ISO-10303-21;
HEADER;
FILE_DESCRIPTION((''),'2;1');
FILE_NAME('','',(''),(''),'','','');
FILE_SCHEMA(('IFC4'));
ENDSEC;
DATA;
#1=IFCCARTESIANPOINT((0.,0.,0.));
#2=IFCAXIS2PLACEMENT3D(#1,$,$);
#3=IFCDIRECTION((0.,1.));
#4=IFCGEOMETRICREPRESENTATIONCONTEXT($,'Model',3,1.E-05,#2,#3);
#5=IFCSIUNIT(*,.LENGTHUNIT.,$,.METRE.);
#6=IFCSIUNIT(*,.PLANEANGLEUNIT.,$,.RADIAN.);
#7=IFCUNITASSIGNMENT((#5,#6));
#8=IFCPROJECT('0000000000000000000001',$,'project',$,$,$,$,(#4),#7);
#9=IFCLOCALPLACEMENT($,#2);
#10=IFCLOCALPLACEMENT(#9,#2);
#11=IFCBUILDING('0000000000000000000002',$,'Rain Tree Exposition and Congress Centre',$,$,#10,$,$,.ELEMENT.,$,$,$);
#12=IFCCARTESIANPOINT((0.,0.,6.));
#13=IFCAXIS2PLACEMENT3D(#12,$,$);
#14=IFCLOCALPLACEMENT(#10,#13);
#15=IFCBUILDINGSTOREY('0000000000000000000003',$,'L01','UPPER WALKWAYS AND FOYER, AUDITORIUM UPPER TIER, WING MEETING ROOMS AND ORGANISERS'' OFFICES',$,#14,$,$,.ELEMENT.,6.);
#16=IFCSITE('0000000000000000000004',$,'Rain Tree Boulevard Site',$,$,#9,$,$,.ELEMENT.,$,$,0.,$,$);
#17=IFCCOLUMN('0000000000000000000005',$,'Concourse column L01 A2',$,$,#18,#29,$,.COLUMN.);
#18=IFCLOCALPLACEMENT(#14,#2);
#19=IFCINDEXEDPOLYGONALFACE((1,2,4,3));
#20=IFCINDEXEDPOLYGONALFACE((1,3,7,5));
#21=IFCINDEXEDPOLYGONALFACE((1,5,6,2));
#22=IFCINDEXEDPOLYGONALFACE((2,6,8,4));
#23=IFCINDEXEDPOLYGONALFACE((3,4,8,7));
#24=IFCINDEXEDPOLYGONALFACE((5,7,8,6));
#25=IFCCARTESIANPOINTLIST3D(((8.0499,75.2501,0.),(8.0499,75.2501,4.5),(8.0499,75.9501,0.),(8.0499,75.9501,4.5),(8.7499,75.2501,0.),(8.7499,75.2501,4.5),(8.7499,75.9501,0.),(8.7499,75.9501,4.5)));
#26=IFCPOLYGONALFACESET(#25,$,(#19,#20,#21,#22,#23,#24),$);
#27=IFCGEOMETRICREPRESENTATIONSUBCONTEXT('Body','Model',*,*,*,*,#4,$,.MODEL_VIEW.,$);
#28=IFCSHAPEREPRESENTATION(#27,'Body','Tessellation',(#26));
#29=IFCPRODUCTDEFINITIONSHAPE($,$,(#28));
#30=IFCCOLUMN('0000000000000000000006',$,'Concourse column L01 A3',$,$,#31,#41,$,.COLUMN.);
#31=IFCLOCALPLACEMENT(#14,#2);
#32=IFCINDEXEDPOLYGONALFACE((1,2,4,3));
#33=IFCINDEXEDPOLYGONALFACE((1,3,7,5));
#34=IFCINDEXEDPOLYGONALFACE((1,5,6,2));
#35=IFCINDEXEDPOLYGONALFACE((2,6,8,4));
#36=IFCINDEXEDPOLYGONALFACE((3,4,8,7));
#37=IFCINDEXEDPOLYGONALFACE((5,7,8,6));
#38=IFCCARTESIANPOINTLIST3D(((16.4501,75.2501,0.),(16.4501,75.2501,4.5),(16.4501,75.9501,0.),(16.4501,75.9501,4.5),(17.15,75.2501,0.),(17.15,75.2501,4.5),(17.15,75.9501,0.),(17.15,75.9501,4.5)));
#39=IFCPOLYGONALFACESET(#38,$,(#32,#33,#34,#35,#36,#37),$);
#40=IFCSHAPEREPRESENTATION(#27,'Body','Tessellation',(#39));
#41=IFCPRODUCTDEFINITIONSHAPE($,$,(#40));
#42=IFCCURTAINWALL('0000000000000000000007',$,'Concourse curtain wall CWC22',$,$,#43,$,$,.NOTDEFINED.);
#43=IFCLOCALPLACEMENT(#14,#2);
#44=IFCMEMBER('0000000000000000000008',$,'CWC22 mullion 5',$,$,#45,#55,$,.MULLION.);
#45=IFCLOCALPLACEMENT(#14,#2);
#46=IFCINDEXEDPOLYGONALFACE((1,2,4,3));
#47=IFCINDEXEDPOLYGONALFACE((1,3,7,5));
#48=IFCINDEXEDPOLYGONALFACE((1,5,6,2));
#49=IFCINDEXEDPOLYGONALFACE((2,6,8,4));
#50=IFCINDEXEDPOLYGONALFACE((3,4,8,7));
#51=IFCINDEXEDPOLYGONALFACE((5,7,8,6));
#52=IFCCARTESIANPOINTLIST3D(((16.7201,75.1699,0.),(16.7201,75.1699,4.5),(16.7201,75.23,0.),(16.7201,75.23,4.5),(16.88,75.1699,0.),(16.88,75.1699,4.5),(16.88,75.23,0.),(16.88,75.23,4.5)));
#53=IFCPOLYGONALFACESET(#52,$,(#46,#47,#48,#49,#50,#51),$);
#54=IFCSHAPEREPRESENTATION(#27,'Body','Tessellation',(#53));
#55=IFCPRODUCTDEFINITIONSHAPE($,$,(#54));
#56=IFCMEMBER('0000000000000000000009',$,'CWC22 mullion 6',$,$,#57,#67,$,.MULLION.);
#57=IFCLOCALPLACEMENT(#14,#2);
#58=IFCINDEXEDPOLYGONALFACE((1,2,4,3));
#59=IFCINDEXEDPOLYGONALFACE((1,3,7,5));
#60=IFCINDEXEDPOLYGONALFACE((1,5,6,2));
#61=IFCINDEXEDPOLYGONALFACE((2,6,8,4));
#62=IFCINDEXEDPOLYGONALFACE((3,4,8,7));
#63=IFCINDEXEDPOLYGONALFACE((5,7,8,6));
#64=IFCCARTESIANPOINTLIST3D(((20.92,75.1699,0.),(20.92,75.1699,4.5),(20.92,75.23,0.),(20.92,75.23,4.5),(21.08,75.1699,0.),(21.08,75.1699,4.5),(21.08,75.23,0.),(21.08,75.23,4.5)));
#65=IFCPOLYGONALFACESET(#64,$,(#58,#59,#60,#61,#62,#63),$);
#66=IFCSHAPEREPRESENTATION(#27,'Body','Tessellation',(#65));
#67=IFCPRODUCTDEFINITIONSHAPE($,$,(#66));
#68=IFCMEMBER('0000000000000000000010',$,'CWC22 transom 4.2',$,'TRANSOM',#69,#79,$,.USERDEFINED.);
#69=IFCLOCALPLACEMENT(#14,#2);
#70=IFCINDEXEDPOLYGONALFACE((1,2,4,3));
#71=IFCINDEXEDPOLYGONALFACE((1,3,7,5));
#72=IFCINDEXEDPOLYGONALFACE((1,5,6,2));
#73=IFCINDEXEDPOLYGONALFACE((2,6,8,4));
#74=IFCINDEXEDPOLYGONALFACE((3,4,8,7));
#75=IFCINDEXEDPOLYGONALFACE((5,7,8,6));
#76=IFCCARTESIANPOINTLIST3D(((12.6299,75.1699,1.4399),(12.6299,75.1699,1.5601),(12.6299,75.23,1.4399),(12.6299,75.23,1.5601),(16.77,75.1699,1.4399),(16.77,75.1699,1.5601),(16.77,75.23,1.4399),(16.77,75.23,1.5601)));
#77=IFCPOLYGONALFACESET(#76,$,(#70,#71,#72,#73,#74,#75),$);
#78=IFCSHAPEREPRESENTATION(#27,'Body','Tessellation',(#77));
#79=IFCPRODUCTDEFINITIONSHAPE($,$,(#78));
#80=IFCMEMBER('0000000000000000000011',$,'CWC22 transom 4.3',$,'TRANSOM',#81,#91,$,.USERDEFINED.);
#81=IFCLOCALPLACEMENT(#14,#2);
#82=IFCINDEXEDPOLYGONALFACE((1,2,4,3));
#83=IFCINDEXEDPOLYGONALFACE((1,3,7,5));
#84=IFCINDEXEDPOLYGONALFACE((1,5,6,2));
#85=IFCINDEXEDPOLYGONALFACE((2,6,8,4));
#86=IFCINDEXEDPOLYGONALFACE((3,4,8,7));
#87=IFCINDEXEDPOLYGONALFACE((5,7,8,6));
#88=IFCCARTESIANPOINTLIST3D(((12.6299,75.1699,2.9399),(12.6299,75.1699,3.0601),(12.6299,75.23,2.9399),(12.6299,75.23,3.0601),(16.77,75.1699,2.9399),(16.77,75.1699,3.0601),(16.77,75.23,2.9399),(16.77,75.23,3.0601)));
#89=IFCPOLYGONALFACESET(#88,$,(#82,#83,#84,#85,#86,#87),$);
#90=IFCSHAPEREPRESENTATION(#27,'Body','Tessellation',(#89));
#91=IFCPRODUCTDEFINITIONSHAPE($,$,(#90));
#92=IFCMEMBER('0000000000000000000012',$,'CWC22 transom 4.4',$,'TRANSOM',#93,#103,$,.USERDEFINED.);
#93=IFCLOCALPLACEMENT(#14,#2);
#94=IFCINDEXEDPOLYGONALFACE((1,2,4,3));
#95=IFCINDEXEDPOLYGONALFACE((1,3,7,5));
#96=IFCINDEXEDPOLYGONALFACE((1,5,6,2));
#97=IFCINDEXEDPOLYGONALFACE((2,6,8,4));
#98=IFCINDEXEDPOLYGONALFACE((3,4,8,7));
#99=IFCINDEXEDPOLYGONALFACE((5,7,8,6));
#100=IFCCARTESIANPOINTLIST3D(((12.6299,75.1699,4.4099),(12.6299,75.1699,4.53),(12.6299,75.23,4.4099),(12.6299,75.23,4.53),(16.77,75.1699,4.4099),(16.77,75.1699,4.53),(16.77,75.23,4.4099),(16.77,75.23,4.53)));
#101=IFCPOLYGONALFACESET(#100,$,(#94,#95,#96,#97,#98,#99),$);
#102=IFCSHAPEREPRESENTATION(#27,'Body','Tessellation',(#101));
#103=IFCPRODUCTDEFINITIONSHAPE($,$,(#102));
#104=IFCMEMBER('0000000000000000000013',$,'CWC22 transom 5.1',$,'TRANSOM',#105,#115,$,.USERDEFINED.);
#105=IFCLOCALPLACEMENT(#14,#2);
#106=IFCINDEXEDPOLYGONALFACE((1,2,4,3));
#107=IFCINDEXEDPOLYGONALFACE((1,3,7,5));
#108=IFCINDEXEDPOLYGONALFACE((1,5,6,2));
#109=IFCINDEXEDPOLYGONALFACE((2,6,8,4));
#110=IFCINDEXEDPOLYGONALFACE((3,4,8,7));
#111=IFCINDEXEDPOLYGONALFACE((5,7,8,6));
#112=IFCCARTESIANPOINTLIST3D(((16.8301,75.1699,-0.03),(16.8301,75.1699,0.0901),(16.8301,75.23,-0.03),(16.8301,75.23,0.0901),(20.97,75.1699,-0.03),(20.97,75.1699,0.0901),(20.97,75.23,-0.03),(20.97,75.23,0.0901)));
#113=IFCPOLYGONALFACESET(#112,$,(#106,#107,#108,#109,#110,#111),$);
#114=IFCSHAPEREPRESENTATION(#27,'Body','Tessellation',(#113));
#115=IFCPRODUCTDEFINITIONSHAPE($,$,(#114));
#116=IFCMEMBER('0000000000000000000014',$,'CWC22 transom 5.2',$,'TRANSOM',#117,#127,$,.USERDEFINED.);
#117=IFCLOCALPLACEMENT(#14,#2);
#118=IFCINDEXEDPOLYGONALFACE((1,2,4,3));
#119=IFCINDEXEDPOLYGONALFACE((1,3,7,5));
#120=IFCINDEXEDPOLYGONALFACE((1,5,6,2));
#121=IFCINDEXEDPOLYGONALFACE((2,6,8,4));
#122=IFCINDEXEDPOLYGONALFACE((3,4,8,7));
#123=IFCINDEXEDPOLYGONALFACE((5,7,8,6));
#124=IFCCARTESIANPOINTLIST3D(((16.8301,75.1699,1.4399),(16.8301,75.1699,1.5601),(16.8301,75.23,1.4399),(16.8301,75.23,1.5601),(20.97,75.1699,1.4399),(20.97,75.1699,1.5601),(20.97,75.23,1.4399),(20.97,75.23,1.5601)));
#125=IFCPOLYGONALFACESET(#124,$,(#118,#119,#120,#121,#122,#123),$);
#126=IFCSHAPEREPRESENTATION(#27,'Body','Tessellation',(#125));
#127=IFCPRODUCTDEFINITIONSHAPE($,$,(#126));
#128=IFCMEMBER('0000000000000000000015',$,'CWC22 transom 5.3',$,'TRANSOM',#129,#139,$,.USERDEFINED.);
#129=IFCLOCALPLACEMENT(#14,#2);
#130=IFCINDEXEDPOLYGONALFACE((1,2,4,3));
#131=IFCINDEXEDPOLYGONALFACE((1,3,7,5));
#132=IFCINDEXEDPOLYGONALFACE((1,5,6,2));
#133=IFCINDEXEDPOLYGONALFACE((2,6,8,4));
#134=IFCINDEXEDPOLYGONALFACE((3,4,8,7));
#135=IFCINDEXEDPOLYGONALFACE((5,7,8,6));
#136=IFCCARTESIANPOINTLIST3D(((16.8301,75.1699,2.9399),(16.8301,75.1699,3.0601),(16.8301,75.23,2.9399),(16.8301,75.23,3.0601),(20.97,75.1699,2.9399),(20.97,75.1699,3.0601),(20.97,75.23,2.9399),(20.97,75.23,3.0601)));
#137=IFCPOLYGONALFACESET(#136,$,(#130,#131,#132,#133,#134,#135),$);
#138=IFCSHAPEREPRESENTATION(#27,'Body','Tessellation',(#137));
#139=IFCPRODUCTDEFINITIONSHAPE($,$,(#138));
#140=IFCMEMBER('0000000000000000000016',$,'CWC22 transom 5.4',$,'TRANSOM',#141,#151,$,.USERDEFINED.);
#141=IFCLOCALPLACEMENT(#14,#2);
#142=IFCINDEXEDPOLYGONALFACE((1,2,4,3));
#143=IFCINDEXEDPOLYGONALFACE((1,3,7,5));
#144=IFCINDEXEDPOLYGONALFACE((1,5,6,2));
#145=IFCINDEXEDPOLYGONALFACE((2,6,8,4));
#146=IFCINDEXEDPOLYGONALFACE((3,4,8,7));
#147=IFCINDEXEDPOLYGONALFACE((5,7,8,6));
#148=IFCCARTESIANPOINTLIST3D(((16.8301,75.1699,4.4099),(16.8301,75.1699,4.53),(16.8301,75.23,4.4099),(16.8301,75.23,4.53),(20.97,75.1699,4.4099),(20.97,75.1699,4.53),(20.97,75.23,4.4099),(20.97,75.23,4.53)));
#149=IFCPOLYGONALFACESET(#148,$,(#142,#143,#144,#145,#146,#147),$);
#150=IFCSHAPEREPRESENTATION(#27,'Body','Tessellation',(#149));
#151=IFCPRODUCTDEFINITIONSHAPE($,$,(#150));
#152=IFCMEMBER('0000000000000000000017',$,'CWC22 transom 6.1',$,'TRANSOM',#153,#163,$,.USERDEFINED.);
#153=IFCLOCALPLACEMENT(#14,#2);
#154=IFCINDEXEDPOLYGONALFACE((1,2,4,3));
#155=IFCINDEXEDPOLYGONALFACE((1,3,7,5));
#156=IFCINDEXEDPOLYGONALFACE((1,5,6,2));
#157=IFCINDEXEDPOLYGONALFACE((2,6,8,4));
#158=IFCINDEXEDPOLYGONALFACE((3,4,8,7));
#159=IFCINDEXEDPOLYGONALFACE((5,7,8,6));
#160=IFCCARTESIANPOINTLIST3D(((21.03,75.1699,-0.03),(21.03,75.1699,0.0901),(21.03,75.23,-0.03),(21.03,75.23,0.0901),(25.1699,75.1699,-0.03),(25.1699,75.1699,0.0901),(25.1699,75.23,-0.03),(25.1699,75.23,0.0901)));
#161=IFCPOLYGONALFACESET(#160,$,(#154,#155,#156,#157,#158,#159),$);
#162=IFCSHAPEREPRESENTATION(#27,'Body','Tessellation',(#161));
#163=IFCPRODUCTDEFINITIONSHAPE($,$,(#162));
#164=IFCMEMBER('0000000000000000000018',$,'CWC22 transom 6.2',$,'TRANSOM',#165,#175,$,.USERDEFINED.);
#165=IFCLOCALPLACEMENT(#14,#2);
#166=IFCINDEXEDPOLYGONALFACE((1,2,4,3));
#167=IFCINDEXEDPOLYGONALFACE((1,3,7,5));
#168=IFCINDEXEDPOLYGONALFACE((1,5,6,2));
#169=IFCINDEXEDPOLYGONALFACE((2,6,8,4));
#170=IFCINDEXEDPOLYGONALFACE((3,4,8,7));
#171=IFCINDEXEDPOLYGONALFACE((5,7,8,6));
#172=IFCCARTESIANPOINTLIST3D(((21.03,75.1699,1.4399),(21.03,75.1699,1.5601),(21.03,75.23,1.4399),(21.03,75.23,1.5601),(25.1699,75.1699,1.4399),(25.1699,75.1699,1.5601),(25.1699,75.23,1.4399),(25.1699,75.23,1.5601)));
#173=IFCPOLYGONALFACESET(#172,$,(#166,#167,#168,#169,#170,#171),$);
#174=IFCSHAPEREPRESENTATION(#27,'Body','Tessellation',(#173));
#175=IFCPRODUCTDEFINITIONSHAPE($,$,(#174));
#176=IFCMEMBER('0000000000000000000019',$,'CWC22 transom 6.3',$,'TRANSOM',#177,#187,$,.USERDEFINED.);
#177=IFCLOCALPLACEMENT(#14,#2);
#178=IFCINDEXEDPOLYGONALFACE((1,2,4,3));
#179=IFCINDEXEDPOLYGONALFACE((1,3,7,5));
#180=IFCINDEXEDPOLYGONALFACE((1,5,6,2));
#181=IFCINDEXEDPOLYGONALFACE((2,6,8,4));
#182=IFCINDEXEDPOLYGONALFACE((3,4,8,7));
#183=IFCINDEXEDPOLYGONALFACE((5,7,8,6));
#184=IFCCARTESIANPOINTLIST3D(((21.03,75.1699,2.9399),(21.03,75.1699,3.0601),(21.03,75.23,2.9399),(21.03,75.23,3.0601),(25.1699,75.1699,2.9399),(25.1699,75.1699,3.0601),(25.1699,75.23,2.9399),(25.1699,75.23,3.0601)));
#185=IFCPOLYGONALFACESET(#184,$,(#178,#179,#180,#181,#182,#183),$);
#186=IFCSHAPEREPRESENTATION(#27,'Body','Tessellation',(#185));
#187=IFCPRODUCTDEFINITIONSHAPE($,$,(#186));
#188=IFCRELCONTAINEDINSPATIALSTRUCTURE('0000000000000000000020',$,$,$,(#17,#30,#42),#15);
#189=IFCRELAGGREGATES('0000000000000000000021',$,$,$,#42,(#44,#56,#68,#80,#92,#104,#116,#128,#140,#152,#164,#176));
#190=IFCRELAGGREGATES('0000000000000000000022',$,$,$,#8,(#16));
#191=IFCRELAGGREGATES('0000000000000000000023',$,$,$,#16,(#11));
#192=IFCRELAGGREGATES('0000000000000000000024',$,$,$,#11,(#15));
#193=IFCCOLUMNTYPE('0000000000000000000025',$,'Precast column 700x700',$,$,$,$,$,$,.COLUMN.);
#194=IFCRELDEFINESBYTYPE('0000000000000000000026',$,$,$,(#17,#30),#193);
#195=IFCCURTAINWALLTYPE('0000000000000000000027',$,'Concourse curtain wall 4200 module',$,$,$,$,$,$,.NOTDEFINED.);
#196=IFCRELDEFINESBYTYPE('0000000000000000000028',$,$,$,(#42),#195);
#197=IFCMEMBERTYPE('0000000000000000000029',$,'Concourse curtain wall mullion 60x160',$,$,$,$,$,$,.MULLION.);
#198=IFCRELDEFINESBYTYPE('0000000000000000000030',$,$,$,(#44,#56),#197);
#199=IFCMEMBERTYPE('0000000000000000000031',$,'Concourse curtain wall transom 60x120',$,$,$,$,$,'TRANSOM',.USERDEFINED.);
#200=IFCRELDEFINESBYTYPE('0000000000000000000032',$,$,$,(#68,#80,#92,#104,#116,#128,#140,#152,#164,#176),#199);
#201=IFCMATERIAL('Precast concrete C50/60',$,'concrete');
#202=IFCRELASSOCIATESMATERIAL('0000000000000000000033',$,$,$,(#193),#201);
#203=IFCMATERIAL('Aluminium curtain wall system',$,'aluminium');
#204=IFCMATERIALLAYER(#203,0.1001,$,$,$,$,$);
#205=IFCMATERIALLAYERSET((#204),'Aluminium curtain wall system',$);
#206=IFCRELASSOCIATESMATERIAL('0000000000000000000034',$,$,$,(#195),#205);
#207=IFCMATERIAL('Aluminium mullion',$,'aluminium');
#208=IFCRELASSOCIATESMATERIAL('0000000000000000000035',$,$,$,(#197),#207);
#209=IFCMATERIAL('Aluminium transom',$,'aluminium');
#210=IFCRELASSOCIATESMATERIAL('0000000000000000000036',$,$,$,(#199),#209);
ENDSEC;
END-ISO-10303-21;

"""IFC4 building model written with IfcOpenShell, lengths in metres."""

from ifc_helpers import new_model, si_unit, direction, frame, origin, origin_2d, place, context, subcontext, project, spatial, rectangle, extrude, material, layer, layer_set, material_profile, profile_set, type_object, element, aggregate, save


model = new_model("IFC4")

# Units and contexts
model_context = context("Model", 3, precision=1e-05, world=origin(), true_north=direction((0.0, 1.0)))
body_context = subcontext(model_context, "Body", "Model", "MODEL_VIEW")
ifc_project = project(units=[si_unit("LENGTHUNIT", "METRE"), si_unit("PLANEANGLEUNIT", "RADIAN")], contexts=[model_context])

# Site, building, storey
site_placement = place(None, origin())
site = spatial("IfcSite", under=ifc_project, at=site_placement, Name="Rain Tree Boulevard Site", CompositionType="ELEMENT", RefElevation=0.0)
building_placement = place(site_placement, origin())
building = spatial("IfcBuilding", under=site, at=building_placement, Name="Rain Tree Exposition and Congress Centre", CompositionType="ELEMENT")
storey_placement = place(building_placement, frame((0.0, 0.0, 6.0)))
storey = spatial("IfcBuildingStorey", under=building, at=storey_placement, Name="L01", Description="UPPER WALKWAYS AND FOYER, AUDITORIUM UPPER TIER, WING MEETING ROOMS AND ORGANISERS' OFFICES", CompositionType="ELEMENT", Elevation=6.0)

# Columns
ifc_material_1 = material(Name="Precast concrete C50/60", Category="concrete")
ifc_material_profile_1 = material_profile(ifc_material_1, rectangle(XDim=0.7, YDim=0.7, at=origin_2d()), Name="RC 700x700")
ifc_profile_set_1 = profile_set([ifc_material_profile_1], Name="Precast concrete C50/60")
column_type = type_object("IfcColumnType", Name="Precast column 700x700", PredefinedType="COLUMN", material=ifc_profile_set_1)
for number, where, z_axis, x_axis, name in (
    (1, (8.3999, 75.6001, 0.0), (0.0, 0.0, 1.0), (1.0, 0.0, 0.0), "Concourse column L01 A2"),
    (2, (16.8, 75.6001, 0.0), (0.0, 0.0, 1.0), (1.0, 0.0, 0.0), "Concourse column L01 A3"),
):
    element("IfcColumn", number, at=place(storey_placement, frame(where, z_axis=z_axis, x_axis=x_axis)), inside=storey, type_object=column_type, Name=name, PredefinedType="COLUMN", context=body_context, shape_type="SweptSolid", body=[
        extrude(rectangle(XDim=0.7, YDim=0.7, at=origin_2d()), origin(), (0.0, 0.0, 1.0), 4.5),
    ])

# Curtain wall, members
ifc_material_2 = material(Name="Aluminium curtain wall system", Category="aluminium")
ifc_layer_1 = layer(ifc_material_2, 0.1001)
ifc_layer_set_1 = layer_set([ifc_layer_1], Name="Aluminium curtain wall system")
curtain_wall_type = type_object("IfcCurtainWallType", Name="Concourse curtain wall 4200 module", PredefinedType="NOTDEFINED", material=ifc_layer_set_1)
curtain_wall_placement = place(storey_placement, origin())
curtain_wall = element("IfcCurtainWall", 3, at=curtain_wall_placement, inside=storey, type_object=curtain_wall_type, Name="Concourse curtain wall CWC22", PredefinedType="NOTDEFINED")
ifc_material_3 = material(Name="Aluminium mullion", Category="aluminium")
ifc_material_profile_2 = material_profile(ifc_material_3, rectangle(XDim=0.0601, YDim=0.1599, at=origin_2d()), Name="AL 60x160")
ifc_profile_set_2 = profile_set([ifc_material_profile_2], Name="Aluminium mullion")
member_type_1 = type_object("IfcMemberType", Name="Concourse curtain wall mullion 60x160", PredefinedType="MULLION", material=ifc_profile_set_2)
member_1_placement = place(storey_placement, frame((16.8, 75.2, 0.0), z_axis=(0.0, 0.0, 1.0), x_axis=(0.0, 1.0, 0.0)))
member_1 = element("IfcMember", 4, at=member_1_placement, type_object=member_type_1, Name="CWC22 mullion 5", PredefinedType="MULLION", context=body_context, shape_type="SweptSolid", body=[
    extrude(rectangle(XDim=0.0601, YDim=0.1599, at=origin_2d()), origin(), (0.0, 0.0, 1.0), 4.5),
])
member_2_placement = place(storey_placement, frame((21.0, 75.2, 0.0), z_axis=(0.0, 0.0, 1.0), x_axis=(0.0, 1.0, 0.0)))
member_2 = element("IfcMember", 5, at=member_2_placement, type_object=member_type_1, Name="CWC22 mullion 6", PredefinedType="MULLION", context=body_context, shape_type="SweptSolid", body=[
    extrude(rectangle(XDim=0.0601, YDim=0.1599, at=origin_2d()), origin(), (0.0, 0.0, 1.0), 4.5),
])
ifc_material_4 = material(Name="Aluminium transom", Category="aluminium")
ifc_material_profile_3 = material_profile(ifc_material_4, rectangle(XDim=0.0601, YDim=0.1201, at=origin_2d()), Name="AL 60x120")
ifc_profile_set_3 = profile_set([ifc_material_profile_3], Name="Aluminium transom")
member_type_2 = type_object("IfcMemberType", Name="Concourse curtain wall transom 60x120", ElementType="TRANSOM", PredefinedType="USERDEFINED", material=ifc_profile_set_3)
member_3_placement = place(storey_placement, frame((12.6299, 75.2, 1.5), z_axis=(1.0, 0.0, 0.0), x_axis=(0.0, 1.0, 0.0)))
member_3 = element("IfcMember", 6, at=member_3_placement, type_object=member_type_2, Name="CWC22 transom 4.2", ObjectType="TRANSOM", PredefinedType="USERDEFINED", context=body_context, shape_type="SweptSolid", body=[
    extrude(rectangle(XDim=0.0601, YDim=0.1201, at=origin_2d()), origin(), (0.0, 0.0, 1.0), 4.1401),
])
member_4_placement = place(storey_placement, frame((12.6299, 75.2, 3.0), z_axis=(1.0, 0.0, 0.0), x_axis=(0.0, 1.0, 0.0)))
member_4 = element("IfcMember", 7, at=member_4_placement, type_object=member_type_2, Name="CWC22 transom 4.3", ObjectType="TRANSOM", PredefinedType="USERDEFINED", context=body_context, shape_type="SweptSolid", body=[
    extrude(rectangle(XDim=0.0601, YDim=0.1201, at=origin_2d()), origin(), (0.0, 0.0, 1.0), 4.1401),
])
member_5_placement = place(storey_placement, frame((12.6299, 75.2, 4.47), z_axis=(1.0, 0.0, 0.0), x_axis=(0.0, 1.0, 0.0)))
member_5 = element("IfcMember", 8, at=member_5_placement, type_object=member_type_2, Name="CWC22 transom 4.4", ObjectType="TRANSOM", PredefinedType="USERDEFINED", context=body_context, shape_type="SweptSolid", body=[
    extrude(rectangle(XDim=0.0601, YDim=0.1201, at=origin_2d()), origin(), (0.0, 0.0, 1.0), 4.1401),
])
member_6_placement = place(storey_placement, frame((16.8301, 75.2, 0.03), z_axis=(1.0, 0.0, 0.0), x_axis=(0.0, 1.0, 0.0)))
member_6 = element("IfcMember", 9, at=member_6_placement, type_object=member_type_2, Name="CWC22 transom 5.1", ObjectType="TRANSOM", PredefinedType="USERDEFINED", context=body_context, shape_type="SweptSolid", body=[
    extrude(rectangle(XDim=0.0601, YDim=0.1201, at=origin_2d()), origin(), (0.0, 0.0, 1.0), 4.1399),
])
member_7_placement = place(storey_placement, frame((16.8301, 75.2, 1.5), z_axis=(1.0, 0.0, 0.0), x_axis=(0.0, 1.0, 0.0)))
member_7 = element("IfcMember", 10, at=member_7_placement, type_object=member_type_2, Name="CWC22 transom 5.2", ObjectType="TRANSOM", PredefinedType="USERDEFINED", context=body_context, shape_type="SweptSolid", body=[
    extrude(rectangle(XDim=0.0601, YDim=0.1201, at=origin_2d()), origin(), (0.0, 0.0, 1.0), 4.1399),
])
member_8_placement = place(storey_placement, frame((16.8301, 75.2, 3.0), z_axis=(1.0, 0.0, 0.0), x_axis=(0.0, 1.0, 0.0)))
member_8 = element("IfcMember", 11, at=member_8_placement, type_object=member_type_2, Name="CWC22 transom 5.3", ObjectType="TRANSOM", PredefinedType="USERDEFINED", context=body_context, shape_type="SweptSolid", body=[
    extrude(rectangle(XDim=0.0601, YDim=0.1201, at=origin_2d()), origin(), (0.0, 0.0, 1.0), 4.1399),
])
member_9_placement = place(storey_placement, frame((16.8301, 75.2, 4.47), z_axis=(1.0, 0.0, 0.0), x_axis=(0.0, 1.0, 0.0)))
member_9 = element("IfcMember", 12, at=member_9_placement, type_object=member_type_2, Name="CWC22 transom 5.4", ObjectType="TRANSOM", PredefinedType="USERDEFINED", context=body_context, shape_type="SweptSolid", body=[
    extrude(rectangle(XDim=0.0601, YDim=0.1201, at=origin_2d()), origin(), (0.0, 0.0, 1.0), 4.1399),
])
member_10_placement = place(storey_placement, frame((21.03, 75.2, 0.03), z_axis=(1.0, 0.0, 0.0), x_axis=(0.0, 1.0, 0.0)))
member_10 = element("IfcMember", 13, at=member_10_placement, type_object=member_type_2, Name="CWC22 transom 6.1", ObjectType="TRANSOM", PredefinedType="USERDEFINED", context=body_context, shape_type="SweptSolid", body=[
    extrude(rectangle(XDim=0.0601, YDim=0.1201, at=origin_2d()), origin(), (0.0, 0.0, 1.0), 4.1399),
])
member_11_placement = place(storey_placement, frame((21.03, 75.2, 1.5), z_axis=(1.0, 0.0, 0.0), x_axis=(0.0, 1.0, 0.0)))
member_11 = element("IfcMember", 14, at=member_11_placement, type_object=member_type_2, Name="CWC22 transom 6.2", ObjectType="TRANSOM", PredefinedType="USERDEFINED", context=body_context, shape_type="SweptSolid", body=[
    extrude(rectangle(XDim=0.0601, YDim=0.1201, at=origin_2d()), origin(), (0.0, 0.0, 1.0), 4.1399),
])
member_12_placement = place(storey_placement, frame((21.03, 75.2, 3.0), z_axis=(1.0, 0.0, 0.0), x_axis=(0.0, 1.0, 0.0)))
member_12 = element("IfcMember", 15, at=member_12_placement, type_object=member_type_2, Name="CWC22 transom 6.3", ObjectType="TRANSOM", PredefinedType="USERDEFINED", context=body_context, shape_type="SweptSolid", body=[
    extrude(rectangle(XDim=0.0601, YDim=0.1201, at=origin_2d()), origin(), (0.0, 0.0, 1.0), 4.1399),
])

aggregate(curtain_wall, [member_1, member_2, member_3, member_4, member_5, member_6, member_7, member_8, member_9, member_10, member_11, member_12])

save(model, "model.ifc")
